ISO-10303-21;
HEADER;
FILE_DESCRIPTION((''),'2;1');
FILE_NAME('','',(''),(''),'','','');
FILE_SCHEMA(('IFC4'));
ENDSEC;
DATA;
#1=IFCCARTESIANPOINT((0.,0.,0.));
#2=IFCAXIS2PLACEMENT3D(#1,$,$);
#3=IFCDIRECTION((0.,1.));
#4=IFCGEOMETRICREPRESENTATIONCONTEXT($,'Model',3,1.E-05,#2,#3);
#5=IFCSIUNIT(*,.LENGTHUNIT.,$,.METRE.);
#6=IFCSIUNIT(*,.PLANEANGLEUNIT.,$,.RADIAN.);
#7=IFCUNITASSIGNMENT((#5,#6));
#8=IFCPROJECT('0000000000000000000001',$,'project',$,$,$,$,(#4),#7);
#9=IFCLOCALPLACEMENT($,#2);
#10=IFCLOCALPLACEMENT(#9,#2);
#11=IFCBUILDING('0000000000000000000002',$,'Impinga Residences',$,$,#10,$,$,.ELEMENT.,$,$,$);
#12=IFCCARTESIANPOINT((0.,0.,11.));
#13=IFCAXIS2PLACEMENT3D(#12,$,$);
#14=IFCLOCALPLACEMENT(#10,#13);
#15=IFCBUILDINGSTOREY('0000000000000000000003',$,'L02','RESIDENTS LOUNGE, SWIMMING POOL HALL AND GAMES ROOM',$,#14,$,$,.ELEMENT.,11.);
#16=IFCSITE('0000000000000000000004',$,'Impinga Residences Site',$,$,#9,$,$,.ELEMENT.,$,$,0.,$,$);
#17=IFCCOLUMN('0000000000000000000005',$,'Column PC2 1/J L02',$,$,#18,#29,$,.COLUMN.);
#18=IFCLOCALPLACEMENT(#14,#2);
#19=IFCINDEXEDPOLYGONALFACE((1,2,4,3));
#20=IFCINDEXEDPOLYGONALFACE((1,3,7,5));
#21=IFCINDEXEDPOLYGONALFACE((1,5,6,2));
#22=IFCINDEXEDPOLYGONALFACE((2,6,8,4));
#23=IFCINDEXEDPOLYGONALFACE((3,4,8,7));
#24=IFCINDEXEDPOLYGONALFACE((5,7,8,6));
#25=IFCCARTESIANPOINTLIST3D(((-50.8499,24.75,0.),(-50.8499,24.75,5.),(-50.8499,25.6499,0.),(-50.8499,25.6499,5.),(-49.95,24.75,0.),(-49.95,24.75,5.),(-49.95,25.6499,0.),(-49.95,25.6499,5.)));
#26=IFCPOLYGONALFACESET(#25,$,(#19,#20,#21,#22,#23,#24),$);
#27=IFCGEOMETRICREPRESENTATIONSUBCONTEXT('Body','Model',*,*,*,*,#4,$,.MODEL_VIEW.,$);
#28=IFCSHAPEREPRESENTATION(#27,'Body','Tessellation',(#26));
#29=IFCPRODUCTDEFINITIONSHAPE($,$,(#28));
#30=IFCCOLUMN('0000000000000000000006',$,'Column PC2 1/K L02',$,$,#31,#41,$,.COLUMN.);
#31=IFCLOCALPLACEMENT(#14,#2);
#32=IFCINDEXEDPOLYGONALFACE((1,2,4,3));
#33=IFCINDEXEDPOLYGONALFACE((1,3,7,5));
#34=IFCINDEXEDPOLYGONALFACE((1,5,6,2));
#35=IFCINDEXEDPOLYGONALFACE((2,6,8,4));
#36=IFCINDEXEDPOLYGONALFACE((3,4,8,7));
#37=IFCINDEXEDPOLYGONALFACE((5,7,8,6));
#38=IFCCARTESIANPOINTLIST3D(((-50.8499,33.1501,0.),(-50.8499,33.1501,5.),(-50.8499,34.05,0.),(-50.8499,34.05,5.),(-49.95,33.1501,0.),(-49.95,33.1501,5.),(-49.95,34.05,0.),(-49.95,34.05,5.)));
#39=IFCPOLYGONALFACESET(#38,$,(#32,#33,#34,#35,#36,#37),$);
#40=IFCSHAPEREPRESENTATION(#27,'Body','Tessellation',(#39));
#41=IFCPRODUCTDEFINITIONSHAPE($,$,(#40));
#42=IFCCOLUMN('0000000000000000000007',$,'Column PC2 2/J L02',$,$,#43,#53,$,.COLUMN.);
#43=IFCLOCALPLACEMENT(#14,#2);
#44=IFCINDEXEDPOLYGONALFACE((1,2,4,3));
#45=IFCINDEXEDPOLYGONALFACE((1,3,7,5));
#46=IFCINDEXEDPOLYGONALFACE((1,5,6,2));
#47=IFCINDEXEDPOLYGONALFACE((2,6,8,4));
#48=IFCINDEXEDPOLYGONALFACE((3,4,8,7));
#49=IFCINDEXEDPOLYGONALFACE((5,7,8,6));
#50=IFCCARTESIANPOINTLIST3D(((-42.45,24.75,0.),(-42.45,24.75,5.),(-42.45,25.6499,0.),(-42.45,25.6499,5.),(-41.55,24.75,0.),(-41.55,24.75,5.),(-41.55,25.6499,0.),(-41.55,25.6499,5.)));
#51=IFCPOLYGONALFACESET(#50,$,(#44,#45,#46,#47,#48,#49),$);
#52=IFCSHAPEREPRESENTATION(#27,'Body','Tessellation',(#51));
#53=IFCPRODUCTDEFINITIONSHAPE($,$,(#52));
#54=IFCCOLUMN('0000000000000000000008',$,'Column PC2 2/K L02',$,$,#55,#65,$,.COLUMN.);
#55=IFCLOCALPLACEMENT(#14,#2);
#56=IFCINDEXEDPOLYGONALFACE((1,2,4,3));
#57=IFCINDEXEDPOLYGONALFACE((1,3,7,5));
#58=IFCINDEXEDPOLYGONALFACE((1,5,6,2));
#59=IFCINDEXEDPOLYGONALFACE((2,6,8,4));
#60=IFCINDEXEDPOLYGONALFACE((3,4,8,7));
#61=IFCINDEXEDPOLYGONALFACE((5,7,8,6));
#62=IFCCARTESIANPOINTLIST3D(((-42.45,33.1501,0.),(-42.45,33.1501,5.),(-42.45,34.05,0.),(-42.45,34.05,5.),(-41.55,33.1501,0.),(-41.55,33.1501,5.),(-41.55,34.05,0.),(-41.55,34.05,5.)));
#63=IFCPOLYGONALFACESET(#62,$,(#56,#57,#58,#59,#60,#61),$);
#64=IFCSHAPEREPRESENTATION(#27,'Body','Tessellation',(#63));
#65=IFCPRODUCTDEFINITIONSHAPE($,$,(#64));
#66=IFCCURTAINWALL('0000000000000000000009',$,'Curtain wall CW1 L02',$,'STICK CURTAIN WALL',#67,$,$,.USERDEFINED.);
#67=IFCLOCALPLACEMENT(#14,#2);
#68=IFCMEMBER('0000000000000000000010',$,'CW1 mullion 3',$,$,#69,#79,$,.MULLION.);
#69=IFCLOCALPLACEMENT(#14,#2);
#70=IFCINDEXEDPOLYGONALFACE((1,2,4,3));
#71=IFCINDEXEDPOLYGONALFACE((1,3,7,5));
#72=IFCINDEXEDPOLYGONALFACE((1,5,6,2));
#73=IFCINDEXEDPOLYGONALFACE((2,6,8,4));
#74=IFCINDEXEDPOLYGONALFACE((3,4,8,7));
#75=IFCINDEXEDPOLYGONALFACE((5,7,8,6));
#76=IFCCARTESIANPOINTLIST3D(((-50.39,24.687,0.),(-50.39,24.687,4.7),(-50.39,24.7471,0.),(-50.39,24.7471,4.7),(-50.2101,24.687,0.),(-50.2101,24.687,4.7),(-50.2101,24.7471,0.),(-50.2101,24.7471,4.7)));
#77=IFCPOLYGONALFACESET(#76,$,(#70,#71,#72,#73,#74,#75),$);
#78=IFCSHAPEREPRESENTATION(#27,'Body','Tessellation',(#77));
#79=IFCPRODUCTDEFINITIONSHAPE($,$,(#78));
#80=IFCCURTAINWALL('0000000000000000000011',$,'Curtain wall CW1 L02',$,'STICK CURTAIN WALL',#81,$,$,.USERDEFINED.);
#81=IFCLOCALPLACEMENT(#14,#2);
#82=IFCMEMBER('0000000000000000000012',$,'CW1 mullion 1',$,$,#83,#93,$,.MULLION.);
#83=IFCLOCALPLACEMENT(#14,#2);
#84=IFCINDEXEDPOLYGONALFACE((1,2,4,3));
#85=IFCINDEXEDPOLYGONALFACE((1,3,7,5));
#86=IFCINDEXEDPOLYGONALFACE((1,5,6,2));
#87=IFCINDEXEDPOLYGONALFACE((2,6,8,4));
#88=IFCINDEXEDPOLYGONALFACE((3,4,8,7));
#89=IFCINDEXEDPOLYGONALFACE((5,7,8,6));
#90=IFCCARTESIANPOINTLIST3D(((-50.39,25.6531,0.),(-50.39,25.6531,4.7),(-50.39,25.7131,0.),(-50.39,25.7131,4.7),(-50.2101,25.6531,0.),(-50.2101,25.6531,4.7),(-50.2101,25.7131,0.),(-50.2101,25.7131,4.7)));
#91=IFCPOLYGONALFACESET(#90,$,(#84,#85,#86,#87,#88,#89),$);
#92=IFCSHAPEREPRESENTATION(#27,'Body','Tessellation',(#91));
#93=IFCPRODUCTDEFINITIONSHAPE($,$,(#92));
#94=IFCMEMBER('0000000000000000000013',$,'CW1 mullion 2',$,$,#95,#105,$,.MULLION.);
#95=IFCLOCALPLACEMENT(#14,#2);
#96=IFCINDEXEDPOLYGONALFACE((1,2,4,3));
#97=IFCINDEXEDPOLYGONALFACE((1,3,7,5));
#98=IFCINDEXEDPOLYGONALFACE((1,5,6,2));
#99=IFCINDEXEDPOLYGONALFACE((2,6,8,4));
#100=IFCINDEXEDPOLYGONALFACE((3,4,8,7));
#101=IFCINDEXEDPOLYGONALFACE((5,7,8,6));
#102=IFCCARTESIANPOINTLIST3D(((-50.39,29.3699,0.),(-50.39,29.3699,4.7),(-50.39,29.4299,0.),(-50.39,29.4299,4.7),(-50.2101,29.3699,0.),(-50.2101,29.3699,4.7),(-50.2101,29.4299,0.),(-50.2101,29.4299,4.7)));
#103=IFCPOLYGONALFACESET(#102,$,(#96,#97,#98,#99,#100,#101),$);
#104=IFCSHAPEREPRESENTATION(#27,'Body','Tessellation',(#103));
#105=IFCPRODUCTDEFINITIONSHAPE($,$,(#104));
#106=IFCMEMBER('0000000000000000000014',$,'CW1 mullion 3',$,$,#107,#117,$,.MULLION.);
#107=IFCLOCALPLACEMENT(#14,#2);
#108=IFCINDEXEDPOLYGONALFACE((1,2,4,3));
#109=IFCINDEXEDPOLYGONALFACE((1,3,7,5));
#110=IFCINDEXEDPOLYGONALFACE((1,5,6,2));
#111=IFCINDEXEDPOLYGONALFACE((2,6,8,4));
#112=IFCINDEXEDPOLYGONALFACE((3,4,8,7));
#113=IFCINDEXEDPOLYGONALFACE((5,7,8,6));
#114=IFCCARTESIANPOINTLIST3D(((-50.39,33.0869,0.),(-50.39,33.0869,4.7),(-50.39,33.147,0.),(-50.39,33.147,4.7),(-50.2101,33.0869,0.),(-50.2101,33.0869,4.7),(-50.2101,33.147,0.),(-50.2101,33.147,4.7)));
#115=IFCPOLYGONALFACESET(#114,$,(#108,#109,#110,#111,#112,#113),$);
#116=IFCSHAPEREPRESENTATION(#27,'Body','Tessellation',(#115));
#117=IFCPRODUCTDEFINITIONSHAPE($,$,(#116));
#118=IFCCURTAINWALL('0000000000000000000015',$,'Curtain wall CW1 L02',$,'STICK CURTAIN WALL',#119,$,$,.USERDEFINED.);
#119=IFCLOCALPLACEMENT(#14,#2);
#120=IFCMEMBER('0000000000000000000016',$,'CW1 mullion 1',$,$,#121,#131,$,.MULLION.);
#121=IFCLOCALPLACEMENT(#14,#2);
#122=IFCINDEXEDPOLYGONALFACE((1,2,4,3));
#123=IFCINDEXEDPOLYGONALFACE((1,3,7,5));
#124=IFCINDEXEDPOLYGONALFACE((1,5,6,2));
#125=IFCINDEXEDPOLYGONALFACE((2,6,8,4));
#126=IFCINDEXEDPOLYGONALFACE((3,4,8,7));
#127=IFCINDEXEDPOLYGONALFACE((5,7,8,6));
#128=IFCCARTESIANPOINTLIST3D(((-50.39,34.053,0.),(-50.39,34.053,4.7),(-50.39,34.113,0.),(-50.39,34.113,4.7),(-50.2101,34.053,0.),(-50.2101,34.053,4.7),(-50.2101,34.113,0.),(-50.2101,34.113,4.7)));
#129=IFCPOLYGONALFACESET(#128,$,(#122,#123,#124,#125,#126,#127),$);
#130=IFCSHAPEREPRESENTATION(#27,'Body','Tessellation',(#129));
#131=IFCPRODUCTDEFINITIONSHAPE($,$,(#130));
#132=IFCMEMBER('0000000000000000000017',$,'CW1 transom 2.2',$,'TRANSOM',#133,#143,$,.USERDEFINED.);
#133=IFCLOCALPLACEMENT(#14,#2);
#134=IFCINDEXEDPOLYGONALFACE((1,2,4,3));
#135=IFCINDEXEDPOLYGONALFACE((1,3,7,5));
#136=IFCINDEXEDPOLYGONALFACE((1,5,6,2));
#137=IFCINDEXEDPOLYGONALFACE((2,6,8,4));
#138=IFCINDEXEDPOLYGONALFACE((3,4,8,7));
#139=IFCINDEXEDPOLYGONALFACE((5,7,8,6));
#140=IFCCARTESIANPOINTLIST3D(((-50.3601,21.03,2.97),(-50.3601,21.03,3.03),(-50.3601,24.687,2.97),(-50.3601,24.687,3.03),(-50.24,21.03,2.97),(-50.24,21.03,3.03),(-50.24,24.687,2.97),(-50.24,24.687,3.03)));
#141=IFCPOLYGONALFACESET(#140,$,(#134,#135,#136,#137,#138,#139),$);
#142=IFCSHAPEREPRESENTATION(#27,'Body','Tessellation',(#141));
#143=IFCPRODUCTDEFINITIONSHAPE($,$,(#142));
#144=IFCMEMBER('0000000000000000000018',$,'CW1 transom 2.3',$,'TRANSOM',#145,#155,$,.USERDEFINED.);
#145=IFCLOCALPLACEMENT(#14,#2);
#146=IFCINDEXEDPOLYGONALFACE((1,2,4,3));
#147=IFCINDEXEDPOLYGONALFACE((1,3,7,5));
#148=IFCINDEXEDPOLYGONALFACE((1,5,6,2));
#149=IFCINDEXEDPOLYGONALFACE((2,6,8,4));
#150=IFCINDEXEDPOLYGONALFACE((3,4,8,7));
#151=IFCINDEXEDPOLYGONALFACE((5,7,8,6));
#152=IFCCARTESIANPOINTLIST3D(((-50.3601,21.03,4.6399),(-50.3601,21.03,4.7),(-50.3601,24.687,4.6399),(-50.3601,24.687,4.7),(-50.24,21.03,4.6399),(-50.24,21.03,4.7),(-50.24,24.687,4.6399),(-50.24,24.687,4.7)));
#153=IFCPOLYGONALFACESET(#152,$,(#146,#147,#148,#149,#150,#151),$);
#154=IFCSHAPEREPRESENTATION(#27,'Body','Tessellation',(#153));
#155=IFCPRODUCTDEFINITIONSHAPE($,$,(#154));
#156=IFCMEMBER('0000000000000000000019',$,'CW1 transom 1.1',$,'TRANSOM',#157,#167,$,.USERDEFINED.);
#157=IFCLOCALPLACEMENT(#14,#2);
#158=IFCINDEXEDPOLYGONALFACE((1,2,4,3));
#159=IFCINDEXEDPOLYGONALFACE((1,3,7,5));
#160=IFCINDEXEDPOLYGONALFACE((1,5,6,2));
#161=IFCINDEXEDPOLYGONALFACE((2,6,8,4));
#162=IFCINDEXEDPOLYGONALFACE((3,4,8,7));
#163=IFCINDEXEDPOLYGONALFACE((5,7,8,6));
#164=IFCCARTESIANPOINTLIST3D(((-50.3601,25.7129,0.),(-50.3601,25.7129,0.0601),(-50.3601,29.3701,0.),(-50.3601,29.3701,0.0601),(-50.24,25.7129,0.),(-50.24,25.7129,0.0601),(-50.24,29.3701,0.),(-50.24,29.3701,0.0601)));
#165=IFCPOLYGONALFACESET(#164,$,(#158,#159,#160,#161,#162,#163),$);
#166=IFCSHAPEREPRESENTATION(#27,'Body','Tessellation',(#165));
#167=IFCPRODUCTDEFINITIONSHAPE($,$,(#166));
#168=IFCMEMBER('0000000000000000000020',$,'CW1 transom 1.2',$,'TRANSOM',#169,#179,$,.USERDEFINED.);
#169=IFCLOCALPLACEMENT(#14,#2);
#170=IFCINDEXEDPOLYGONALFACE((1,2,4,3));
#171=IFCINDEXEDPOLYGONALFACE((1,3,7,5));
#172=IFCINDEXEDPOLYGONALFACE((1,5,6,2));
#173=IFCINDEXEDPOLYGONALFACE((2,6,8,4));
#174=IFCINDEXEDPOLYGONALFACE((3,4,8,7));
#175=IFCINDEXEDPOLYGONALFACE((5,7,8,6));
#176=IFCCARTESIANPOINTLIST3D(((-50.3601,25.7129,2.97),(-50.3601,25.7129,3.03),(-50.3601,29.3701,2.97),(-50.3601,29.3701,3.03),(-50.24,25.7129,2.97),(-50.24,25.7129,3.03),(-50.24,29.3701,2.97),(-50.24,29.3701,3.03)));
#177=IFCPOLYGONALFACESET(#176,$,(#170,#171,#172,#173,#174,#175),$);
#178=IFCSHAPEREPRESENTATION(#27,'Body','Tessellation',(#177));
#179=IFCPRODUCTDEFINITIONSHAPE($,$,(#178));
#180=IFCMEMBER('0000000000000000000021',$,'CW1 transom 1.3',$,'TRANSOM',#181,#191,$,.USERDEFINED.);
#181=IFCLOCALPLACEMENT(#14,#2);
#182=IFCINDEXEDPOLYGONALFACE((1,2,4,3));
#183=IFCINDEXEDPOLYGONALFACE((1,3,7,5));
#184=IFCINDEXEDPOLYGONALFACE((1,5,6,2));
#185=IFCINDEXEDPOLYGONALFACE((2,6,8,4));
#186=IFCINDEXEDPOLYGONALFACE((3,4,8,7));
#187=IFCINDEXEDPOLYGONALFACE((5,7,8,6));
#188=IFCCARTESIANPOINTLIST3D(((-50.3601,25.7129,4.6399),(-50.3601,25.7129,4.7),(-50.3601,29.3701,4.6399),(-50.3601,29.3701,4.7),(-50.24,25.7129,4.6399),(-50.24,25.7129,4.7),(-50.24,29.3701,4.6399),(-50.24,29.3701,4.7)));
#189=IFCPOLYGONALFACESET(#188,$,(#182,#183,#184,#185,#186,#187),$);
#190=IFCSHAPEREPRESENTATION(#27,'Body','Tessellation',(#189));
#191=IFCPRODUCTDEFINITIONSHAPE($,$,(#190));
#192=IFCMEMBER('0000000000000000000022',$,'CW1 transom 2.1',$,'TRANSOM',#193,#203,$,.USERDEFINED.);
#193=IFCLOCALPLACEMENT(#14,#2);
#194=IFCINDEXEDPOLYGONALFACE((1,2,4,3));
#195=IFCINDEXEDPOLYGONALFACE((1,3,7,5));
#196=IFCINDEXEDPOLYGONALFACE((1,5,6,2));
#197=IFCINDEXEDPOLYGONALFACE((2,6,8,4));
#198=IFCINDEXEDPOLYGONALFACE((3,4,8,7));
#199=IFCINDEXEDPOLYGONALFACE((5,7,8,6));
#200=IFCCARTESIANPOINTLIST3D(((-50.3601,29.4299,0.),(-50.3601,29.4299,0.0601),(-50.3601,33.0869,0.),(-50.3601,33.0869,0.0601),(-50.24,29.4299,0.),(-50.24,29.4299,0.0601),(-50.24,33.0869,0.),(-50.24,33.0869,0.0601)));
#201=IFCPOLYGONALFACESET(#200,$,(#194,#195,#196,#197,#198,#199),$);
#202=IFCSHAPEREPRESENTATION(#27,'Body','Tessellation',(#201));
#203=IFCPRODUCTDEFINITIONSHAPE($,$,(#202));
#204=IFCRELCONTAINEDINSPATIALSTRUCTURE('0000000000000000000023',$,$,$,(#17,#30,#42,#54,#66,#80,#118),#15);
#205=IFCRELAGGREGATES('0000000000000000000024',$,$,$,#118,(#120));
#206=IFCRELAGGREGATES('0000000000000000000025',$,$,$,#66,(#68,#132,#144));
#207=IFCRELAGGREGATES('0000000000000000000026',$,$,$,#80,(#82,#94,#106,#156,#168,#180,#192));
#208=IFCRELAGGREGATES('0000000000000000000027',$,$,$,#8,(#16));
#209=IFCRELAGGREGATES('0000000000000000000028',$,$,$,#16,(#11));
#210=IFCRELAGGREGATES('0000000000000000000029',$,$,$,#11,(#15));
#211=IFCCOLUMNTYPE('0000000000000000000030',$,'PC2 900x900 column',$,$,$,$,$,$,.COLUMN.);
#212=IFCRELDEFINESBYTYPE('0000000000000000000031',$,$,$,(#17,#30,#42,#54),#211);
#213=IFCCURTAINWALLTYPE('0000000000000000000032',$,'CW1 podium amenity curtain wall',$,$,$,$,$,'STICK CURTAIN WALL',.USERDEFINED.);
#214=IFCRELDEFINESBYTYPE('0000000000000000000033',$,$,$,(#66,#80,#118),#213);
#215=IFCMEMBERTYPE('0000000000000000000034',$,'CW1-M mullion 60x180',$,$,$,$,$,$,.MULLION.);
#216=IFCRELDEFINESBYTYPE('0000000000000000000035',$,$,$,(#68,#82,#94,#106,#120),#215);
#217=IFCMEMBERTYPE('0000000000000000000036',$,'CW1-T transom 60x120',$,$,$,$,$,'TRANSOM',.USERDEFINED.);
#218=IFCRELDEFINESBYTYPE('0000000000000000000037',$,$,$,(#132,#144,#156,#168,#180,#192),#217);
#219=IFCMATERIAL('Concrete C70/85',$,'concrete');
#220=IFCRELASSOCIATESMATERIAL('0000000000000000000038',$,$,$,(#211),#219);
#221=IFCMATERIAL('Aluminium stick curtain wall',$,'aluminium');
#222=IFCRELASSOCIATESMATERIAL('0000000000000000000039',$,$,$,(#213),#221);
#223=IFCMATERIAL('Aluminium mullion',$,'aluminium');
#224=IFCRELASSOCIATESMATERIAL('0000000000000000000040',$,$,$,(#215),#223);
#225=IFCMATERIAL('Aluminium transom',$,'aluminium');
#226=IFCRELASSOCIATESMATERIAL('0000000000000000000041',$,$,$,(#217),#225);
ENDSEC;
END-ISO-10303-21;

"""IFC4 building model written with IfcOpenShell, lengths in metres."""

from ifc_helpers import new_model, si_unit, direction, frame, origin, origin_2d, place, context, subcontext, project, spatial, rectangle, extrude, material, material_profile, profile_set, type_object, element, aggregate, save


model = new_model("IFC4")

# Units and contexts
model_context = context("Model", 3, precision=1e-05, world=origin(), true_north=direction((0.0, 1.0)))
body_context = subcontext(model_context, "Body", "Model", "MODEL_VIEW")
ifc_project = project(units=[si_unit("LENGTHUNIT", "METRE"), si_unit("PLANEANGLEUNIT", "RADIAN")], contexts=[model_context])

# Site, building, storey
site_placement = place(None, origin())
site = spatial("IfcSite", under=ifc_project, at=site_placement, Name="Impinga Residences Site", CompositionType="ELEMENT", RefElevation=0.0)
building_placement = place(site_placement, origin())
building = spatial("IfcBuilding", under=site, at=building_placement, Name="Impinga Residences", CompositionType="ELEMENT")
storey_placement = place(building_placement, frame((0.0, 0.0, 11.0)))
storey = spatial("IfcBuildingStorey", under=building, at=storey_placement, Name="L02", Description="RESIDENTS LOUNGE, SWIMMING POOL HALL AND GAMES ROOM", CompositionType="ELEMENT", Elevation=11.0)

# Columns
ifc_material_1 = material(Name="Concrete C70/85", Category="concrete")
ifc_material_profile_1 = material_profile(ifc_material_1, rectangle(XDim=0.8999, YDim=0.8999, at=origin_2d()), Name="RC 900x900")
ifc_profile_set_1 = profile_set([ifc_material_profile_1], Name="Concrete C70/85")
column_type = type_object("IfcColumnType", Name="PC2 900x900 column", PredefinedType="COLUMN", material=ifc_profile_set_1)
for number, where, z_axis, x_axis, name in (
    (1, (-50.3999, 25.2, 0.0), (0.0, 0.0, 1.0), (1.0, 0.0, 0.0), "Column PC2 1/J L02"),
    (2, (-50.3999, 33.6001, 0.0), (0.0, 0.0, 1.0), (1.0, 0.0, 0.0), "Column PC2 1/K L02"),
    (3, (-42.0, 25.2, 0.0), (0.0, 0.0, 1.0), (1.0, 0.0, 0.0), "Column PC2 2/J L02"),
    (4, (-42.0, 33.6001, 0.0), (0.0, 0.0, 1.0), (1.0, 0.0, 0.0), "Column PC2 2/K L02"),
):
    element("IfcColumn", number, at=place(storey_placement, frame(where, z_axis=z_axis, x_axis=x_axis)), inside=storey, type_object=column_type, Name=name, PredefinedType="COLUMN", context=body_context, shape_type="SweptSolid", body=[
        extrude(rectangle(XDim=0.8999, YDim=0.8999, at=origin_2d()), origin(), (0.0, 0.0, 1.0), 5.0),
    ])

# Curtain wall, member
ifc_material_2 = material(Name="Aluminium stick curtain wall", Category="aluminium")
curtain_wall_type = type_object("IfcCurtainWallType", Name="CW1 podium amenity curtain wall", ElementType="STICK CURTAIN WALL", PredefinedType="USERDEFINED", material=ifc_material_2)
curtain_wall_1_placement = place(storey_placement, origin())
curtain_wall_1 = element("IfcCurtainWall", 5, at=curtain_wall_1_placement, inside=storey, type_object=curtain_wall_type, Name="Curtain wall CW1 L02", ObjectType="STICK CURTAIN WALL", PredefinedType="USERDEFINED")
ifc_material_3 = material(Name="Aluminium mullion", Category="aluminium")
ifc_material_profile_2 = material_profile(ifc_material_3, rectangle(XDim=0.0601, YDim=0.1799, at=origin_2d()), Name="60x180 mullion")
ifc_profile_set_2 = profile_set([ifc_material_profile_2], Name="Aluminium mullion")
member_type_1 = type_object("IfcMemberType", Name="CW1-M mullion 60x180", PredefinedType="MULLION", material=ifc_profile_set_2)
member_1_placement = place(storey_placement, frame((-50.3, 24.717, 0.0), z_axis=(0.0, 0.0, 1.0), x_axis=(0.0, 1.0, 0.0)))
member_1 = element("IfcMember", 6, at=member_1_placement, type_object=member_type_1, Name="CW1 mullion 3", PredefinedType="MULLION", context=body_context, shape_type="SweptSolid", body=[
    extrude(rectangle(XDim=0.0601, YDim=0.1799, at=origin_2d()), origin(), (0.0, 0.0, 1.0), 4.7),
])

# Curtain wall, members
curtain_wall_2_placement = place(storey_placement, origin())
curtain_wall_2 = element("IfcCurtainWall", 7, at=curtain_wall_2_placement, inside=storey, type_object=curtain_wall_type, Name="Curtain wall CW1 L02", ObjectType="STICK CURTAIN WALL", PredefinedType="USERDEFINED")
member_2_placement = place(storey_placement, frame((-50.3, 25.6831, 0.0), z_axis=(0.0, 0.0, 1.0), x_axis=(0.0, 1.0, 0.0)))
member_2 = element("IfcMember", 8, at=member_2_placement, type_object=member_type_1, Name="CW1 mullion 1", PredefinedType="MULLION", context=body_context, shape_type="SweptSolid", body=[
    extrude(rectangle(XDim=0.0601, YDim=0.1799, at=origin_2d()), origin(), (0.0, 0.0, 1.0), 4.7),
])
member_3_placement = place(storey_placement, frame((-50.3, 29.3999, 0.0), z_axis=(0.0, 0.0, 1.0), x_axis=(0.0, 1.0, 0.0)))
member_3 = element("IfcMember", 9, at=member_3_placement, type_object=member_type_1, Name="CW1 mullion 2", PredefinedType="MULLION", context=body_context, shape_type="SweptSolid", body=[
    extrude(rectangle(XDim=0.0601, YDim=0.1799, at=origin_2d()), origin(), (0.0, 0.0, 1.0), 4.7),
])
member_4_placement = place(storey_placement, frame((-50.3, 33.1169, 0.0), z_axis=(0.0, 0.0, 1.0), x_axis=(0.0, 1.0, 0.0)))
member_4 = element("IfcMember", 10, at=member_4_placement, type_object=member_type_1, Name="CW1 mullion 3", PredefinedType="MULLION", context=body_context, shape_type="SweptSolid", body=[
    extrude(rectangle(XDim=0.0601, YDim=0.1799, at=origin_2d()), origin(), (0.0, 0.0, 1.0), 4.7),
])

# Curtain wall, member
curtain_wall_3_placement = place(storey_placement, origin())
curtain_wall_3 = element("IfcCurtainWall", 11, at=curtain_wall_3_placement, inside=storey, type_object=curtain_wall_type, Name="Curtain wall CW1 L02", ObjectType="STICK CURTAIN WALL", PredefinedType="USERDEFINED")
member_5_placement = place(storey_placement, frame((-50.3, 34.083, 0.0), z_axis=(0.0, 0.0, 1.0), x_axis=(0.0, 1.0, 0.0)))
member_5 = element("IfcMember", 12, at=member_5_placement, type_object=member_type_1, Name="CW1 mullion 1", PredefinedType="MULLION", context=body_context, shape_type="SweptSolid", body=[
    extrude(rectangle(XDim=0.0601, YDim=0.1799, at=origin_2d()), origin(), (0.0, 0.0, 1.0), 4.7),
])
aggregate(curtain_wall_3, [member_5])

# Members
ifc_material_4 = material(Name="Aluminium transom", Category="aluminium")
ifc_material_profile_3 = material_profile(ifc_material_4, rectangle(XDim=0.0601, YDim=0.1201, at=origin_2d()), Name="60x120 transom")
ifc_profile_set_3 = profile_set([ifc_material_profile_3], Name="Aluminium transom")
member_type_2 = type_object("IfcMemberType", Name="CW1-T transom 60x120", ElementType="TRANSOM", PredefinedType="USERDEFINED", material=ifc_profile_set_3)
member_6_placement = place(storey_placement, frame((-50.3, 21.03, 3.0), z_axis=(0.0, 1.0, 0.0), x_axis=(0.0, 0.0, 1.0)))
member_6 = element("IfcMember", 13, at=member_6_placement, type_object=member_type_2, Name="CW1 transom 2.2", ObjectType="TRANSOM", PredefinedType="USERDEFINED", context=body_context, shape_type="SweptSolid", body=[
    extrude(rectangle(XDim=0.0601, YDim=0.1201, at=origin_2d()), origin(), (0.0, 0.0, 1.0), 3.657),
])
member_7_placement = place(storey_placement, frame((-50.3, 21.03, 4.6699), z_axis=(0.0, 1.0, 0.0), x_axis=(0.0, 0.0, 1.0)))
member_7 = element("IfcMember", 14, at=member_7_placement, type_object=member_type_2, Name="CW1 transom 2.3", ObjectType="TRANSOM", PredefinedType="USERDEFINED", context=body_context, shape_type="SweptSolid", body=[
    extrude(rectangle(XDim=0.0601, YDim=0.1201, at=origin_2d()), origin(), (0.0, 0.0, 1.0), 3.657),
])
member_8_placement = place(storey_placement, frame((-50.3, 25.7129, 0.03), z_axis=(0.0, 1.0, 0.0), x_axis=(0.0, 0.0, 1.0)))
member_8 = element("IfcMember", 15, at=member_8_placement, type_object=member_type_2, Name="CW1 transom 1.1", ObjectType="TRANSOM", PredefinedType="USERDEFINED", context=body_context, shape_type="SweptSolid", body=[
    extrude(rectangle(XDim=0.0601, YDim=0.1201, at=origin_2d()), origin(), (0.0, 0.0, 1.0), 3.6572),
])
member_9_placement = place(storey_placement, frame((-50.3, 25.7129, 3.0), z_axis=(0.0, 1.0, 0.0), x_axis=(0.0, 0.0, 1.0)))
member_9 = element("IfcMember", 16, at=member_9_placement, type_object=member_type_2, Name="CW1 transom 1.2", ObjectType="TRANSOM", PredefinedType="USERDEFINED", context=body_context, shape_type="SweptSolid", body=[
    extrude(rectangle(XDim=0.0601, YDim=0.1201, at=origin_2d()), origin(), (0.0, 0.0, 1.0), 3.6572),
])
member_10_placement = place(storey_placement, frame((-50.3, 25.7129, 4.6699), z_axis=(0.0, 1.0, 0.0), x_axis=(0.0, 0.0, 1.0)))
member_10 = element("IfcMember", 17, at=member_10_placement, type_object=member_type_2, Name="CW1 transom 1.3", ObjectType="TRANSOM", PredefinedType="USERDEFINED", context=body_context, shape_type="SweptSolid", body=[
    extrude(rectangle(XDim=0.0601, YDim=0.1201, at=origin_2d()), origin(), (0.0, 0.0, 1.0), 3.6572),
])
member_11_placement = place(storey_placement, frame((-50.3, 29.4299, 0.03), z_axis=(0.0, 1.0, 0.0), x_axis=(0.0, 0.0, 1.0)))
member_11 = element("IfcMember", 18, at=member_11_placement, type_object=member_type_2, Name="CW1 transom 2.1", ObjectType="TRANSOM", PredefinedType="USERDEFINED", context=body_context, shape_type="SweptSolid", body=[
    extrude(rectangle(XDim=0.0601, YDim=0.1201, at=origin_2d()), origin(), (0.0, 0.0, 1.0), 3.657),
])

aggregate(curtain_wall_1, [member_1, member_6, member_7])
aggregate(curtain_wall_2, [member_2, member_3, member_4, member_8, member_9, member_10, member_11])

save(model, "model.ifc")
